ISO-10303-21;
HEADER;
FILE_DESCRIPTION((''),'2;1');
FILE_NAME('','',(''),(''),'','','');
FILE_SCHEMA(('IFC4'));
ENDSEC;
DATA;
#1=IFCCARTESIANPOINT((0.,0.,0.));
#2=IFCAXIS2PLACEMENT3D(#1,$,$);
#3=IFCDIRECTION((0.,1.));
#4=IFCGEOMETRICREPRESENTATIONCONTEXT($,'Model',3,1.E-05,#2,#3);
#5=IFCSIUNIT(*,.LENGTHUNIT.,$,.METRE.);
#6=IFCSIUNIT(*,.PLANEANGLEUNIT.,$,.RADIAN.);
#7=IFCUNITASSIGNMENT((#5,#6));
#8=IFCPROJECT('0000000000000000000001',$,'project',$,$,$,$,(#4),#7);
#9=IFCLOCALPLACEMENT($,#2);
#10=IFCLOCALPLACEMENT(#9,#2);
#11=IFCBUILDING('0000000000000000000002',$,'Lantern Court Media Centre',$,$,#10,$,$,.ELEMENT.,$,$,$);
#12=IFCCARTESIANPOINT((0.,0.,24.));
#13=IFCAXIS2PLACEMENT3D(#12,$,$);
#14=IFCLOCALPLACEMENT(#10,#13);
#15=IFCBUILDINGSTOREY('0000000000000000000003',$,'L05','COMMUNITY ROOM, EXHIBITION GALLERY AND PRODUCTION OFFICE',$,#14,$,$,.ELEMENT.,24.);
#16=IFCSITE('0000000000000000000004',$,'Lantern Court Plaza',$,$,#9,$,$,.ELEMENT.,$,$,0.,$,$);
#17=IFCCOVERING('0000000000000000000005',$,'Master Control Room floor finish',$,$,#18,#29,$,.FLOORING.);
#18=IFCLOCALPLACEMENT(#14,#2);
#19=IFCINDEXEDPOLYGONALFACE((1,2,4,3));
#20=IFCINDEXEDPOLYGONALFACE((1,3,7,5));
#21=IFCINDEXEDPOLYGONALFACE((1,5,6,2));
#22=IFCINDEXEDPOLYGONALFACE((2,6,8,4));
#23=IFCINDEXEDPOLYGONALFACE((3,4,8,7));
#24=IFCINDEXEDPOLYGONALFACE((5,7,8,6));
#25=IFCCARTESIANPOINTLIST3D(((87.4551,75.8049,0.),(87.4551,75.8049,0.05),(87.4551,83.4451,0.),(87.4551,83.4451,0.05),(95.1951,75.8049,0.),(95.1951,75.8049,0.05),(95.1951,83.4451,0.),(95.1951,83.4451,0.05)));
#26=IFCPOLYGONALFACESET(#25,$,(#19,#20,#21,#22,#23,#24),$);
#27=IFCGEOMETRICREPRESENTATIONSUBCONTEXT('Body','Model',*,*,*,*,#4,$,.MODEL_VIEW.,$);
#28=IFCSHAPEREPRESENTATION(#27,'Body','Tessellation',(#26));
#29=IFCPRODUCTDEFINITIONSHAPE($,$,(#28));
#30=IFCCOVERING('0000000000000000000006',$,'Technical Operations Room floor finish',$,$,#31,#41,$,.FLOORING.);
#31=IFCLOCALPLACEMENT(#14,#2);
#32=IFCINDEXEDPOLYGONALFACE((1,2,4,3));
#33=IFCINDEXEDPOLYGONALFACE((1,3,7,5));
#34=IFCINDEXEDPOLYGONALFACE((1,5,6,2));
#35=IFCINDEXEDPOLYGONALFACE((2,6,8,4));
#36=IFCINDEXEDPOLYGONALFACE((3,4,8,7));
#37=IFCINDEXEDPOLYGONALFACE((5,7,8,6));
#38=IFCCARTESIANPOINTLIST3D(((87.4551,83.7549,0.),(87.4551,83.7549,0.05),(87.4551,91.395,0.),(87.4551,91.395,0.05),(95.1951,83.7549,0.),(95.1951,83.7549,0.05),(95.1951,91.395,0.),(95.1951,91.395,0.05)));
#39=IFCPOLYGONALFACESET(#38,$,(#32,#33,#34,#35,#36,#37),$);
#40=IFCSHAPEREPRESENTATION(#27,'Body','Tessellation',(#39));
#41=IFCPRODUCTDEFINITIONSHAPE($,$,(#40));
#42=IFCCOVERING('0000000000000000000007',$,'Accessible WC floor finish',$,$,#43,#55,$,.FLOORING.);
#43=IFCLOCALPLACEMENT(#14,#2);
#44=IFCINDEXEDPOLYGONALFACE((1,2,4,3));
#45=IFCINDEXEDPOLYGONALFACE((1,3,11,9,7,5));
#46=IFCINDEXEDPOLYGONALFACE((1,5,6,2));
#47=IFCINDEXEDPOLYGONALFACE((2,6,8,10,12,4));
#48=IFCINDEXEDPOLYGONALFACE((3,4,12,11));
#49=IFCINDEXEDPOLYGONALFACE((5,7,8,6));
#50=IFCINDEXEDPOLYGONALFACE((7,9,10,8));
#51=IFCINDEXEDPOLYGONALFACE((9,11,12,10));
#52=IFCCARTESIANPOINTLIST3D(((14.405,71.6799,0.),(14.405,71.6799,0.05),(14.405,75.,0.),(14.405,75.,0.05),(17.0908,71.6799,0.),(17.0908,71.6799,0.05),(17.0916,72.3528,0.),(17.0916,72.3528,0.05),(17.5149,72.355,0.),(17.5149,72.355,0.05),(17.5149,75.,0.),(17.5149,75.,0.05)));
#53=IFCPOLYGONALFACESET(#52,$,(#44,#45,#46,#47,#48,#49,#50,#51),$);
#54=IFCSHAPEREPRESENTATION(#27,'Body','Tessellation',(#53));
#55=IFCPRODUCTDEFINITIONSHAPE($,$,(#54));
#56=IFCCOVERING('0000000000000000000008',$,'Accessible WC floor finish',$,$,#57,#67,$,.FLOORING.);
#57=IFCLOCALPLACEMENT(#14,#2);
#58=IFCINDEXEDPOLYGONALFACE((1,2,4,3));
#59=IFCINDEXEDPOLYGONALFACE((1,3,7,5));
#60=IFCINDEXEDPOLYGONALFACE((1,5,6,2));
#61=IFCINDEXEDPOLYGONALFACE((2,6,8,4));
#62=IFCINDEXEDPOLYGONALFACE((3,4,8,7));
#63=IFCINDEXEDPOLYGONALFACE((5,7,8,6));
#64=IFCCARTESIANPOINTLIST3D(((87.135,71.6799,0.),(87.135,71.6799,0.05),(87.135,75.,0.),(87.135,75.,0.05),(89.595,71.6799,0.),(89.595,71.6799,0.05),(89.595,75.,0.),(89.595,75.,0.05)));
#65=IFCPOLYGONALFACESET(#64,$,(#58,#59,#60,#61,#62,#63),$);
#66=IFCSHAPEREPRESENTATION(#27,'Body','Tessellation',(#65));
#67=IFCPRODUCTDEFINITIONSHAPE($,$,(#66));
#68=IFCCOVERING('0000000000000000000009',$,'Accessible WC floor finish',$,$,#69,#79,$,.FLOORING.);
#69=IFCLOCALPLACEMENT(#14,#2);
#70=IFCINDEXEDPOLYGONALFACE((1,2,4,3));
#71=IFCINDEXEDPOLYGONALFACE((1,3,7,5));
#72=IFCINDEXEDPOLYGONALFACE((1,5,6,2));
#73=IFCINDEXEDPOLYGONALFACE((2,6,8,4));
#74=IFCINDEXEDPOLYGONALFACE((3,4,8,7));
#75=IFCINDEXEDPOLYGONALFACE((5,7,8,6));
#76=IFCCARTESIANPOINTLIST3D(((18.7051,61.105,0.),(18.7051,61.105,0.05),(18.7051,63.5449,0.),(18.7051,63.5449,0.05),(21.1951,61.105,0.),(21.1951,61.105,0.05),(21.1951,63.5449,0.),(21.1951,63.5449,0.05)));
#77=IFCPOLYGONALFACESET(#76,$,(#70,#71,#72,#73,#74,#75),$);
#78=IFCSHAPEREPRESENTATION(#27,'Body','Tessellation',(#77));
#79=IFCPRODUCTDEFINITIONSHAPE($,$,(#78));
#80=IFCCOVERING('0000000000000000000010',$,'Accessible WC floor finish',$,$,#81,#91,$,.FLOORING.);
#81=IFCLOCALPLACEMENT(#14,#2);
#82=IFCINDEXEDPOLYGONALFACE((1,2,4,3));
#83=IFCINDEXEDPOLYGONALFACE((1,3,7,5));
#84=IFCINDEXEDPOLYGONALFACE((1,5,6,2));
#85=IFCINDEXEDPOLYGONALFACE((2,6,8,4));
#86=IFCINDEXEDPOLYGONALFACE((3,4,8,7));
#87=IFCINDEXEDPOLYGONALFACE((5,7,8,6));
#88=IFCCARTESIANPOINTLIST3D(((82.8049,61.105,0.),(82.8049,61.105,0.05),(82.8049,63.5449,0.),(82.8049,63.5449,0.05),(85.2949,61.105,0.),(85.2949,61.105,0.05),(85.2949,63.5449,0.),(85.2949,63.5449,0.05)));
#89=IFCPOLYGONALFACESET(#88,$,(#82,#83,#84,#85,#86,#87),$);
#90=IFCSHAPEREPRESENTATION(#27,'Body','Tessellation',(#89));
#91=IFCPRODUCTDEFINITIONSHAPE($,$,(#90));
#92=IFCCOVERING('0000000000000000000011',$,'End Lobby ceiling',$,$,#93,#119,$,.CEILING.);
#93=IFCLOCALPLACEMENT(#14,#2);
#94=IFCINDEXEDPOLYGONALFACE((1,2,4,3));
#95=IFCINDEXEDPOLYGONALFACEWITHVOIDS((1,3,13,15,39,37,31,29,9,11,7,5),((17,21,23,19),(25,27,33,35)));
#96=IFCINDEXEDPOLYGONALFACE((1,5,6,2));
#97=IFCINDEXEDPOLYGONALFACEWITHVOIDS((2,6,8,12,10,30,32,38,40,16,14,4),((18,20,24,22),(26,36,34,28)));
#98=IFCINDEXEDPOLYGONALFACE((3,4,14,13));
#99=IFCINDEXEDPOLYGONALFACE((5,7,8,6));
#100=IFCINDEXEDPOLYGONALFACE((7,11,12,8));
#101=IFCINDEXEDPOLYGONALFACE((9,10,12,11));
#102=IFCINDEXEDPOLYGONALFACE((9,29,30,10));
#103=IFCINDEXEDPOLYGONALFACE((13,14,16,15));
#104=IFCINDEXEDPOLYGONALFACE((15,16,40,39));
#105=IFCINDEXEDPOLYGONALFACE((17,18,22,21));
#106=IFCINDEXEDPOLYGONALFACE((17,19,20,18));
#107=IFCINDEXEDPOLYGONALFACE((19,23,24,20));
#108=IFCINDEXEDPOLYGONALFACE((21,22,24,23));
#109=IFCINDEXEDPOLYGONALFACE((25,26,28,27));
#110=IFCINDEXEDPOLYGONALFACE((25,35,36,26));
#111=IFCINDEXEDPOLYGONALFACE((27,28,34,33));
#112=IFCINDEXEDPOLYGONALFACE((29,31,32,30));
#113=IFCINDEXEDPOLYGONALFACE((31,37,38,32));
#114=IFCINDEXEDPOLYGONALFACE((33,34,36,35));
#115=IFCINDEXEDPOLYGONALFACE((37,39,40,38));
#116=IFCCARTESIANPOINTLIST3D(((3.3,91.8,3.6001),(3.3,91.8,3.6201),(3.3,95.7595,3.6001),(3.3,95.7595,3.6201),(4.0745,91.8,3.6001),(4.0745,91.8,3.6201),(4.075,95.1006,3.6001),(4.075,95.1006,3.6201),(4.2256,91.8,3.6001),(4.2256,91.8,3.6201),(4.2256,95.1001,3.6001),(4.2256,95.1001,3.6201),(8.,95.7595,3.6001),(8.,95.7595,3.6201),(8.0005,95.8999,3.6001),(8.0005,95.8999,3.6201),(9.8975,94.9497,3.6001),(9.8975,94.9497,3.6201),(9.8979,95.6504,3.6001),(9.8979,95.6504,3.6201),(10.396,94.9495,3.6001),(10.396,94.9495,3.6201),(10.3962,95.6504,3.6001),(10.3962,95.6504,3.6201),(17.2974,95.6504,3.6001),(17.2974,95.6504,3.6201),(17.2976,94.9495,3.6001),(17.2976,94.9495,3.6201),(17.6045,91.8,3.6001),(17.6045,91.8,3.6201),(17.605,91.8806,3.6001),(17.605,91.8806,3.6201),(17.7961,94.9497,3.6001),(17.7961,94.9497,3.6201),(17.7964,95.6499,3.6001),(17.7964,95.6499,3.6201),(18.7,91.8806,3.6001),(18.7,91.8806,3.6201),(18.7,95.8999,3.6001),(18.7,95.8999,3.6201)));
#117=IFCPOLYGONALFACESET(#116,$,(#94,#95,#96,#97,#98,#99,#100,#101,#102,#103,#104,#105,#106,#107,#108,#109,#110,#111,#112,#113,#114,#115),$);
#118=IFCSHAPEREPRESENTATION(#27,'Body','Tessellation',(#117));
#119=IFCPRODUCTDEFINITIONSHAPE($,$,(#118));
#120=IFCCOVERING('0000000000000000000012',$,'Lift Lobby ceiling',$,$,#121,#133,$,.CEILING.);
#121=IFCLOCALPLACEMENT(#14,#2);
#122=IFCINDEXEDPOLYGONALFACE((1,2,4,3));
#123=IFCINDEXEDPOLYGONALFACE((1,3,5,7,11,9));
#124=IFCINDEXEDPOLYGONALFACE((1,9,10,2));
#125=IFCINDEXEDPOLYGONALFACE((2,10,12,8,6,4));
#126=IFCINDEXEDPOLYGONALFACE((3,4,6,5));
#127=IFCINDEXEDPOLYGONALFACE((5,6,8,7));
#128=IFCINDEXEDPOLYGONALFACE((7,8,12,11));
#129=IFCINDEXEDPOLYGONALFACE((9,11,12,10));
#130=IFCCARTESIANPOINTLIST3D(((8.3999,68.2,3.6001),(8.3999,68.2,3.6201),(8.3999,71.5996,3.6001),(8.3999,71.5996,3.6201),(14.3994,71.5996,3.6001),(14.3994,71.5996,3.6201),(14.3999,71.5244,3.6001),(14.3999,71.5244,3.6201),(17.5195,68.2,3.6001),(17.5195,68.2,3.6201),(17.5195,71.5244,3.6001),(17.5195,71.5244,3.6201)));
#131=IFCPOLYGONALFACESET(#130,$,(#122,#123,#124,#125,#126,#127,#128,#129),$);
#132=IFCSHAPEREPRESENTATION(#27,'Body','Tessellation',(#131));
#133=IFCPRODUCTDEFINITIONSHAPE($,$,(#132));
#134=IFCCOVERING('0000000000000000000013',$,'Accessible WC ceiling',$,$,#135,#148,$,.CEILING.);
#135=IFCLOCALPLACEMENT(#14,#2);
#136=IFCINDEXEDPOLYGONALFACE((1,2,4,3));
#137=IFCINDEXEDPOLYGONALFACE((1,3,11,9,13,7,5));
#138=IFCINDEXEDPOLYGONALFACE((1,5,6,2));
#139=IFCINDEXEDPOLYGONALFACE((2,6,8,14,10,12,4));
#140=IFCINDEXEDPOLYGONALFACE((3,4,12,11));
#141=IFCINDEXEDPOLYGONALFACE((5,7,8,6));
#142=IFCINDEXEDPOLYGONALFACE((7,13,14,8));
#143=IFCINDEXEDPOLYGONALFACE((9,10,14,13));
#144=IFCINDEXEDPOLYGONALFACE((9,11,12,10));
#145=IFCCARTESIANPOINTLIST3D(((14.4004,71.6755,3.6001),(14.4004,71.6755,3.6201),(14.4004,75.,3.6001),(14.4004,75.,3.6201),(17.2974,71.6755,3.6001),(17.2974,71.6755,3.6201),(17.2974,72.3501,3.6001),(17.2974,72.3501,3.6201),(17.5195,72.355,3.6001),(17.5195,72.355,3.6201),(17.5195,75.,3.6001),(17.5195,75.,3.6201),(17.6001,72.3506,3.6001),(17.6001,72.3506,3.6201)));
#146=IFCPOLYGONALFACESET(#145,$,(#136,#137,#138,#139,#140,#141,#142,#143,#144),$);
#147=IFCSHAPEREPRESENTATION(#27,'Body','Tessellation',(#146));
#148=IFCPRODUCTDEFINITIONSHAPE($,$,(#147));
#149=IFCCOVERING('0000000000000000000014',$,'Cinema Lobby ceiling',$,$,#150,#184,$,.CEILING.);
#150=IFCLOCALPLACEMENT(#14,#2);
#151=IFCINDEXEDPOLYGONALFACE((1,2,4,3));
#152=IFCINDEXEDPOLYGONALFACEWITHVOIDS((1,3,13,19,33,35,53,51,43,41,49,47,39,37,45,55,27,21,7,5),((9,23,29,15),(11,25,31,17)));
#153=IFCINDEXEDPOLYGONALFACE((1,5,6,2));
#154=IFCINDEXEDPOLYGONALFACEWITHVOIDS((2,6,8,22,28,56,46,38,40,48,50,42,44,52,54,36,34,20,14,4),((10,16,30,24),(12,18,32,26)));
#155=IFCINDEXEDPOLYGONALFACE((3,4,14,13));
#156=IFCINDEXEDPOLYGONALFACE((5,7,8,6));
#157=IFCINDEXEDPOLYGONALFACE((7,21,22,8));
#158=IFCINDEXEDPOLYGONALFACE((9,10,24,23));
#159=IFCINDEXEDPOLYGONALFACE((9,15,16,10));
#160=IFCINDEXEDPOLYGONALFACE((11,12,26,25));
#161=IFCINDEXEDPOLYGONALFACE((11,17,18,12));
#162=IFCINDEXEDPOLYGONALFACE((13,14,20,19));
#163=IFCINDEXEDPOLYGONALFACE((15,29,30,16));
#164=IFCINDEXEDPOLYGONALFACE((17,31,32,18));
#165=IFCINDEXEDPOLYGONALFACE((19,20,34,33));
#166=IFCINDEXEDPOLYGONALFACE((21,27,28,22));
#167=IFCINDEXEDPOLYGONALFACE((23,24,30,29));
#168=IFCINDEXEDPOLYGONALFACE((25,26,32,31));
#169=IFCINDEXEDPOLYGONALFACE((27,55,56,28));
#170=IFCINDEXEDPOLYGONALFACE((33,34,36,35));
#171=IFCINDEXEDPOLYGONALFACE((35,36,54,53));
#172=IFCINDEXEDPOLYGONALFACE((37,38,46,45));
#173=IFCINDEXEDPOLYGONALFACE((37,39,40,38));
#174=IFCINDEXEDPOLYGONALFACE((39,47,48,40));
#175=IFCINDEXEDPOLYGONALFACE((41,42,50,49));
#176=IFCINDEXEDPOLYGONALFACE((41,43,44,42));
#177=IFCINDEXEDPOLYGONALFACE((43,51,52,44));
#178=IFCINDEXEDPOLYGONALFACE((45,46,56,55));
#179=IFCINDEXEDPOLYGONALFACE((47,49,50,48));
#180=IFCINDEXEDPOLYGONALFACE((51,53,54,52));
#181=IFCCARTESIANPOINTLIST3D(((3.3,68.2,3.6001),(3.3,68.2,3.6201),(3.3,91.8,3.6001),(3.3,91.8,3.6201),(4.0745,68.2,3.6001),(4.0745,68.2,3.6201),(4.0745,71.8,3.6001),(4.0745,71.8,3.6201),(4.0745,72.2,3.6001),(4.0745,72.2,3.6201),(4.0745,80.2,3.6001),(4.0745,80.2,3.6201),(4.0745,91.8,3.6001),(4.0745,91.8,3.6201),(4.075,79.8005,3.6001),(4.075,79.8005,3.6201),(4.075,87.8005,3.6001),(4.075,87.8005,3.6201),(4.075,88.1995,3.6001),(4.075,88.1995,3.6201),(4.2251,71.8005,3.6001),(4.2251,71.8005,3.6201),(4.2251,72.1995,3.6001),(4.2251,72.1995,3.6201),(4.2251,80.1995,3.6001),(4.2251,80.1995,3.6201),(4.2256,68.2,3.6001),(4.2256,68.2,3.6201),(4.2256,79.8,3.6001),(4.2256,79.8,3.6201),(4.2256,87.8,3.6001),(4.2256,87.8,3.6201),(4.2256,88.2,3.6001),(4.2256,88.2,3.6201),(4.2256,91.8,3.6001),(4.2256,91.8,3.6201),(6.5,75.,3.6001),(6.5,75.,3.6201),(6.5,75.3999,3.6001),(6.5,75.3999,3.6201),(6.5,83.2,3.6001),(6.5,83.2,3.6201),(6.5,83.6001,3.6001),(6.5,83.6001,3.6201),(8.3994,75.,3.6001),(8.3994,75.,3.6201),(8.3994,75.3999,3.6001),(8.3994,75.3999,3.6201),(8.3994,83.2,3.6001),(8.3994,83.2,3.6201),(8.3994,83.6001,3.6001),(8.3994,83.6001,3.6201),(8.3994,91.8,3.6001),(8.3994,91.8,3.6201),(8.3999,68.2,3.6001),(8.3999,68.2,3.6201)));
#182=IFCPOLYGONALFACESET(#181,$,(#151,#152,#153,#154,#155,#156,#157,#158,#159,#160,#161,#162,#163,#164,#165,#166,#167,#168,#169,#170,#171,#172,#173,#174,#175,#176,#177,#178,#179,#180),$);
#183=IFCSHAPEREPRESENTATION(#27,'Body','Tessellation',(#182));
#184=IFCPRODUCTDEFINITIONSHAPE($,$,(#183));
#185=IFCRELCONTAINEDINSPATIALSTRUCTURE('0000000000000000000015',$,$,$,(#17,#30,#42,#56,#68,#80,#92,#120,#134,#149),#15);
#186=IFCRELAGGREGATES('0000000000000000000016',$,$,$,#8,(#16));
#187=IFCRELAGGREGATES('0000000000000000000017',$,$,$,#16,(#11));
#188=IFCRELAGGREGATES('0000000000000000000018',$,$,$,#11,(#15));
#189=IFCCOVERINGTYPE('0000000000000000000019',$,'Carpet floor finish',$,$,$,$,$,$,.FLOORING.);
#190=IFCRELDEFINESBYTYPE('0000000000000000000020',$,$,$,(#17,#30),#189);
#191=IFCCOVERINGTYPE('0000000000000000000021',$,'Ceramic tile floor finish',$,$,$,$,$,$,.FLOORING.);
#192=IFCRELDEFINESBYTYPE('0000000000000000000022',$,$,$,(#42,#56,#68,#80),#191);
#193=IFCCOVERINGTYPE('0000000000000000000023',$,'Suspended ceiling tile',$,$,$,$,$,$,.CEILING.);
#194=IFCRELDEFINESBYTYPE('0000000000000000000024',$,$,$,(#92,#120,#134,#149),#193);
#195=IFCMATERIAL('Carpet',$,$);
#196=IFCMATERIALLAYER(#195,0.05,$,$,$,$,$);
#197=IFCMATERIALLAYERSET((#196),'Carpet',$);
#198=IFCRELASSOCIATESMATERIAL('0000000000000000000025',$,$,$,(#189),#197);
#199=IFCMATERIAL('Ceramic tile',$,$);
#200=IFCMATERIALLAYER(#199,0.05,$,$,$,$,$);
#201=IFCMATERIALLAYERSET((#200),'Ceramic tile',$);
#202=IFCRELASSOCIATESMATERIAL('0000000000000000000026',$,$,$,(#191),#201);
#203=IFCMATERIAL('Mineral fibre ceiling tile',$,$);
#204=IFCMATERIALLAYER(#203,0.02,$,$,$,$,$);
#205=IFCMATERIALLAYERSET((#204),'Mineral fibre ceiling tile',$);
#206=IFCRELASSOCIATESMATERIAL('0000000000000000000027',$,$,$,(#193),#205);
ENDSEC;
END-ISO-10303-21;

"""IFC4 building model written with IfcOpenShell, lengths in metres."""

from ifc_helpers import new_model, si_unit, direction, frame, origin, place, context, subcontext, project, spatial, polyline, outline, extrude, material, layer, layer_set, type_object, element, save


model = new_model("IFC4")

# Units and contexts
model_context = context("Model", 3, precision=1e-05, world=origin(), true_north=direction((0.0, 1.0)))
body_context = subcontext(model_context, "Body", "Model", "MODEL_VIEW")
ifc_project = project(units=[si_unit("LENGTHUNIT", "METRE"), si_unit("PLANEANGLEUNIT", "RADIAN")], contexts=[model_context])

# Site, building, storey
site_placement = place(None, origin())
site = spatial("IfcSite", under=ifc_project, at=site_placement, Name="Lantern Court Plaza", CompositionType="ELEMENT", RefElevation=0.0)
building_placement = place(site_placement, origin())
building = spatial("IfcBuilding", under=site, at=building_placement, Name="Lantern Court Media Centre", CompositionType="ELEMENT")
storey_placement = place(building_placement, frame((0.0, 0.0, 24.0)))
storey = spatial("IfcBuildingStorey", under=building, at=storey_placement, Name="L05", Description="COMMUNITY ROOM, EXHIBITION GALLERY AND PRODUCTION OFFICE", CompositionType="ELEMENT", Elevation=24.0)

# Coverings
ifc_material_1 = material(Name="Carpet")
ifc_layer_1 = layer(ifc_material_1, 0.05)
ifc_layer_set_1 = layer_set([ifc_layer_1], Name="Carpet")
covering_type_1 = type_object("IfcCoveringType", Name="Carpet floor finish", PredefinedType="FLOORING", material=ifc_layer_set_1)
covering_1_placement = place(storey_placement, origin())
element("IfcCovering", 1, at=covering_1_placement, inside=storey, type_object=covering_type_1, Name="Master Control Room floor finish", PredefinedType="FLOORING", context=body_context, shape_type="SweptSolid", body=[
    extrude(outline(polyline([(95.1951, 83.4451), (95.1951, 75.8049), (87.4551, 75.8049), (87.4551, 83.4451), (95.1951, 83.4451)])), origin(), (0.0, 0.0, 1.0), 0.05),
])
covering_2_placement = place(storey_placement, origin())
element("IfcCovering", 2, at=covering_2_placement, inside=storey, type_object=covering_type_1, Name="Technical Operations Room floor finish", PredefinedType="FLOORING", context=body_context, shape_type="SweptSolid", body=[
    extrude(outline(polyline([(95.1951, 83.7549), (87.4551, 83.7549), (87.4551, 91.395), (95.1951, 91.395), (95.1951, 83.7549)])), origin(), (0.0, 0.0, 1.0), 0.05),
])
ifc_material_2 = material(Name="Ceramic tile")
ifc_layer_2 = layer(ifc_material_2, 0.05)
ifc_layer_set_2 = layer_set([ifc_layer_2], Name="Ceramic tile")
covering_type_2 = type_object("IfcCoveringType", Name="Ceramic tile floor finish", PredefinedType="FLOORING", material=ifc_layer_set_2)
covering_3_placement = place(storey_placement, origin())
element("IfcCovering", 3, at=covering_3_placement, inside=storey, type_object=covering_type_2, Name="Accessible WC floor finish", PredefinedType="FLOORING", context=body_context, shape_type="SweptSolid", body=[
    extrude(outline(polyline([(17.5149, 75.0), (17.5149, 72.355), (17.0916, 72.3528), (17.0908, 71.6799), (14.405, 71.6799), (14.405, 75.0), (17.5149, 75.0)])), origin(), (0.0, 0.0, 1.0), 0.05),
])
covering_4_placement = place(storey_placement, origin())
element("IfcCovering", 4, at=covering_4_placement, inside=storey, type_object=covering_type_2, Name="Accessible WC floor finish", PredefinedType="FLOORING", context=body_context, shape_type="SweptSolid", body=[
    extrude(outline(polyline([(89.595, 75.0), (89.595, 71.6799), (87.135, 71.6799), (87.135, 75.0), (89.595, 75.0)])), origin(), (0.0, 0.0, 1.0), 0.05),
])
covering_5_placement = place(storey_placement, origin())
element("IfcCovering", 5, at=covering_5_placement, inside=storey, type_object=covering_type_2, Name="Accessible WC floor finish", PredefinedType="FLOORING", context=body_context, shape_type="SweptSolid", body=[
    extrude(outline(polyline([(21.1951, 63.5449), (21.1951, 61.105), (18.7051, 61.105), (18.7051, 63.5449), (21.1951, 63.5449)])), origin(), (0.0, 0.0, 1.0), 0.05),
])
covering_6_placement = place(storey_placement, origin())
element("IfcCovering", 6, at=covering_6_placement, inside=storey, type_object=covering_type_2, Name="Accessible WC floor finish", PredefinedType="FLOORING", context=body_context, shape_type="SweptSolid", body=[
    extrude(outline(polyline([(85.2949, 61.105), (82.8049, 61.105), (82.8049, 63.5449), (85.2949, 63.5449), (85.2949, 61.105)])), origin(), (0.0, 0.0, 1.0), 0.05),
])
ifc_material_3 = material(Name="Mineral fibre ceiling tile")
ifc_layer_3 = layer(ifc_material_3, 0.02)
ifc_layer_set_3 = layer_set([ifc_layer_3], Name="Mineral fibre ceiling tile")
covering_type_3 = type_object("IfcCoveringType", Name="Suspended ceiling tile", PredefinedType="CEILING", material=ifc_layer_set_3)
covering_7_placement = place(storey_placement, frame((0.0, 0.0, 3.6001)))
element("IfcCovering", 7, at=covering_7_placement, inside=storey, type_object=covering_type_3, Name="End Lobby ceiling", PredefinedType="CEILING", context=body_context, shape_type="SweptSolid", body=[
    extrude(outline(polyline([(18.7, 95.8999), (18.7, 91.8806), (17.605, 91.8806), (17.6045, 91.8), (4.2256, 91.8), (4.2256, 95.1001), (4.075, 95.1006), (4.0745, 91.8), (3.3, 91.8), (3.3, 95.7595), (8.0, 95.7595), (8.0005, 95.8999), (18.7, 95.8999)]), holes=[polyline([(17.7964, 95.6499), (17.2974, 95.6504), (17.2976, 94.9495), (17.7961, 94.9497), (17.7964, 95.6499)]), polyline([(9.8979, 95.6504), (9.8975, 94.9497), (10.396, 94.9495), (10.3962, 95.6504), (9.8979, 95.6504)])]), origin(), (0.0, 0.0, 1.0), 0.02),
])
covering_8_placement = place(storey_placement, frame((0.0, 0.0, 3.6001)))
element("IfcCovering", 8, at=covering_8_placement, inside=storey, type_object=covering_type_3, Name="Lift Lobby ceiling", PredefinedType="CEILING", context=body_context, shape_type="SweptSolid", body=[
    extrude(outline(polyline([(8.3999, 68.2), (8.3999, 71.5996), (14.3994, 71.5996), (14.3999, 71.5244), (17.5195, 71.5244), (17.5195, 68.2), (8.3999, 68.2)])), origin(), (0.0, 0.0, 1.0), 0.02),
])
covering_9_placement = place(storey_placement, frame((0.0, 0.0, 3.6001)))
element("IfcCovering", 9, at=covering_9_placement, inside=storey, type_object=covering_type_3, Name="Accessible WC ceiling", PredefinedType="CEILING", context=body_context, shape_type="SweptSolid", body=[
    extrude(outline(polyline([(17.6001, 72.3506), (17.2974, 72.3501), (17.2974, 71.6755), (14.4004, 71.6755), (14.4004, 75.0), (17.5195, 75.0), (17.5195, 72.355), (17.6001, 72.3506)])), origin(), (0.0, 0.0, 1.0), 0.02),
])
covering_10_placement = place(storey_placement, frame((0.0, 0.0, 3.6001)))
element("IfcCovering", 10, at=covering_10_placement, inside=storey, type_object=covering_type_3, Name="Cinema Lobby ceiling", PredefinedType="CEILING", context=body_context, shape_type="SweptSolid", body=[
    extrude(outline(polyline([(8.3999, 68.2), (4.2256, 68.2), (4.2251, 71.8005), (4.0745, 71.8), (4.0745, 68.2), (3.3, 68.2), (3.3, 91.8), (4.0745, 91.8), (4.075, 88.1995), (4.2256, 88.2), (4.2256, 91.8), (8.3994, 91.8), (8.3994, 83.6001), (6.5, 83.6001), (6.5, 83.2), (8.3994, 83.2), (8.3994, 75.3999), (6.5, 75.3999), (6.5, 75.0), (8.3994, 75.0), (8.3999, 68.2)]), holes=[polyline([(4.2251, 80.1995), (4.2256, 87.8), (4.075, 87.8005), (4.0745, 80.2), (4.2251, 80.1995)]), polyline([(4.2251, 72.1995), (4.2256, 79.8), (4.075, 79.8005), (4.0745, 72.2), (4.2251, 72.1995)])]), origin(), (0.0, 0.0, 1.0), 0.02),
])

save(model, "model.ifc")
